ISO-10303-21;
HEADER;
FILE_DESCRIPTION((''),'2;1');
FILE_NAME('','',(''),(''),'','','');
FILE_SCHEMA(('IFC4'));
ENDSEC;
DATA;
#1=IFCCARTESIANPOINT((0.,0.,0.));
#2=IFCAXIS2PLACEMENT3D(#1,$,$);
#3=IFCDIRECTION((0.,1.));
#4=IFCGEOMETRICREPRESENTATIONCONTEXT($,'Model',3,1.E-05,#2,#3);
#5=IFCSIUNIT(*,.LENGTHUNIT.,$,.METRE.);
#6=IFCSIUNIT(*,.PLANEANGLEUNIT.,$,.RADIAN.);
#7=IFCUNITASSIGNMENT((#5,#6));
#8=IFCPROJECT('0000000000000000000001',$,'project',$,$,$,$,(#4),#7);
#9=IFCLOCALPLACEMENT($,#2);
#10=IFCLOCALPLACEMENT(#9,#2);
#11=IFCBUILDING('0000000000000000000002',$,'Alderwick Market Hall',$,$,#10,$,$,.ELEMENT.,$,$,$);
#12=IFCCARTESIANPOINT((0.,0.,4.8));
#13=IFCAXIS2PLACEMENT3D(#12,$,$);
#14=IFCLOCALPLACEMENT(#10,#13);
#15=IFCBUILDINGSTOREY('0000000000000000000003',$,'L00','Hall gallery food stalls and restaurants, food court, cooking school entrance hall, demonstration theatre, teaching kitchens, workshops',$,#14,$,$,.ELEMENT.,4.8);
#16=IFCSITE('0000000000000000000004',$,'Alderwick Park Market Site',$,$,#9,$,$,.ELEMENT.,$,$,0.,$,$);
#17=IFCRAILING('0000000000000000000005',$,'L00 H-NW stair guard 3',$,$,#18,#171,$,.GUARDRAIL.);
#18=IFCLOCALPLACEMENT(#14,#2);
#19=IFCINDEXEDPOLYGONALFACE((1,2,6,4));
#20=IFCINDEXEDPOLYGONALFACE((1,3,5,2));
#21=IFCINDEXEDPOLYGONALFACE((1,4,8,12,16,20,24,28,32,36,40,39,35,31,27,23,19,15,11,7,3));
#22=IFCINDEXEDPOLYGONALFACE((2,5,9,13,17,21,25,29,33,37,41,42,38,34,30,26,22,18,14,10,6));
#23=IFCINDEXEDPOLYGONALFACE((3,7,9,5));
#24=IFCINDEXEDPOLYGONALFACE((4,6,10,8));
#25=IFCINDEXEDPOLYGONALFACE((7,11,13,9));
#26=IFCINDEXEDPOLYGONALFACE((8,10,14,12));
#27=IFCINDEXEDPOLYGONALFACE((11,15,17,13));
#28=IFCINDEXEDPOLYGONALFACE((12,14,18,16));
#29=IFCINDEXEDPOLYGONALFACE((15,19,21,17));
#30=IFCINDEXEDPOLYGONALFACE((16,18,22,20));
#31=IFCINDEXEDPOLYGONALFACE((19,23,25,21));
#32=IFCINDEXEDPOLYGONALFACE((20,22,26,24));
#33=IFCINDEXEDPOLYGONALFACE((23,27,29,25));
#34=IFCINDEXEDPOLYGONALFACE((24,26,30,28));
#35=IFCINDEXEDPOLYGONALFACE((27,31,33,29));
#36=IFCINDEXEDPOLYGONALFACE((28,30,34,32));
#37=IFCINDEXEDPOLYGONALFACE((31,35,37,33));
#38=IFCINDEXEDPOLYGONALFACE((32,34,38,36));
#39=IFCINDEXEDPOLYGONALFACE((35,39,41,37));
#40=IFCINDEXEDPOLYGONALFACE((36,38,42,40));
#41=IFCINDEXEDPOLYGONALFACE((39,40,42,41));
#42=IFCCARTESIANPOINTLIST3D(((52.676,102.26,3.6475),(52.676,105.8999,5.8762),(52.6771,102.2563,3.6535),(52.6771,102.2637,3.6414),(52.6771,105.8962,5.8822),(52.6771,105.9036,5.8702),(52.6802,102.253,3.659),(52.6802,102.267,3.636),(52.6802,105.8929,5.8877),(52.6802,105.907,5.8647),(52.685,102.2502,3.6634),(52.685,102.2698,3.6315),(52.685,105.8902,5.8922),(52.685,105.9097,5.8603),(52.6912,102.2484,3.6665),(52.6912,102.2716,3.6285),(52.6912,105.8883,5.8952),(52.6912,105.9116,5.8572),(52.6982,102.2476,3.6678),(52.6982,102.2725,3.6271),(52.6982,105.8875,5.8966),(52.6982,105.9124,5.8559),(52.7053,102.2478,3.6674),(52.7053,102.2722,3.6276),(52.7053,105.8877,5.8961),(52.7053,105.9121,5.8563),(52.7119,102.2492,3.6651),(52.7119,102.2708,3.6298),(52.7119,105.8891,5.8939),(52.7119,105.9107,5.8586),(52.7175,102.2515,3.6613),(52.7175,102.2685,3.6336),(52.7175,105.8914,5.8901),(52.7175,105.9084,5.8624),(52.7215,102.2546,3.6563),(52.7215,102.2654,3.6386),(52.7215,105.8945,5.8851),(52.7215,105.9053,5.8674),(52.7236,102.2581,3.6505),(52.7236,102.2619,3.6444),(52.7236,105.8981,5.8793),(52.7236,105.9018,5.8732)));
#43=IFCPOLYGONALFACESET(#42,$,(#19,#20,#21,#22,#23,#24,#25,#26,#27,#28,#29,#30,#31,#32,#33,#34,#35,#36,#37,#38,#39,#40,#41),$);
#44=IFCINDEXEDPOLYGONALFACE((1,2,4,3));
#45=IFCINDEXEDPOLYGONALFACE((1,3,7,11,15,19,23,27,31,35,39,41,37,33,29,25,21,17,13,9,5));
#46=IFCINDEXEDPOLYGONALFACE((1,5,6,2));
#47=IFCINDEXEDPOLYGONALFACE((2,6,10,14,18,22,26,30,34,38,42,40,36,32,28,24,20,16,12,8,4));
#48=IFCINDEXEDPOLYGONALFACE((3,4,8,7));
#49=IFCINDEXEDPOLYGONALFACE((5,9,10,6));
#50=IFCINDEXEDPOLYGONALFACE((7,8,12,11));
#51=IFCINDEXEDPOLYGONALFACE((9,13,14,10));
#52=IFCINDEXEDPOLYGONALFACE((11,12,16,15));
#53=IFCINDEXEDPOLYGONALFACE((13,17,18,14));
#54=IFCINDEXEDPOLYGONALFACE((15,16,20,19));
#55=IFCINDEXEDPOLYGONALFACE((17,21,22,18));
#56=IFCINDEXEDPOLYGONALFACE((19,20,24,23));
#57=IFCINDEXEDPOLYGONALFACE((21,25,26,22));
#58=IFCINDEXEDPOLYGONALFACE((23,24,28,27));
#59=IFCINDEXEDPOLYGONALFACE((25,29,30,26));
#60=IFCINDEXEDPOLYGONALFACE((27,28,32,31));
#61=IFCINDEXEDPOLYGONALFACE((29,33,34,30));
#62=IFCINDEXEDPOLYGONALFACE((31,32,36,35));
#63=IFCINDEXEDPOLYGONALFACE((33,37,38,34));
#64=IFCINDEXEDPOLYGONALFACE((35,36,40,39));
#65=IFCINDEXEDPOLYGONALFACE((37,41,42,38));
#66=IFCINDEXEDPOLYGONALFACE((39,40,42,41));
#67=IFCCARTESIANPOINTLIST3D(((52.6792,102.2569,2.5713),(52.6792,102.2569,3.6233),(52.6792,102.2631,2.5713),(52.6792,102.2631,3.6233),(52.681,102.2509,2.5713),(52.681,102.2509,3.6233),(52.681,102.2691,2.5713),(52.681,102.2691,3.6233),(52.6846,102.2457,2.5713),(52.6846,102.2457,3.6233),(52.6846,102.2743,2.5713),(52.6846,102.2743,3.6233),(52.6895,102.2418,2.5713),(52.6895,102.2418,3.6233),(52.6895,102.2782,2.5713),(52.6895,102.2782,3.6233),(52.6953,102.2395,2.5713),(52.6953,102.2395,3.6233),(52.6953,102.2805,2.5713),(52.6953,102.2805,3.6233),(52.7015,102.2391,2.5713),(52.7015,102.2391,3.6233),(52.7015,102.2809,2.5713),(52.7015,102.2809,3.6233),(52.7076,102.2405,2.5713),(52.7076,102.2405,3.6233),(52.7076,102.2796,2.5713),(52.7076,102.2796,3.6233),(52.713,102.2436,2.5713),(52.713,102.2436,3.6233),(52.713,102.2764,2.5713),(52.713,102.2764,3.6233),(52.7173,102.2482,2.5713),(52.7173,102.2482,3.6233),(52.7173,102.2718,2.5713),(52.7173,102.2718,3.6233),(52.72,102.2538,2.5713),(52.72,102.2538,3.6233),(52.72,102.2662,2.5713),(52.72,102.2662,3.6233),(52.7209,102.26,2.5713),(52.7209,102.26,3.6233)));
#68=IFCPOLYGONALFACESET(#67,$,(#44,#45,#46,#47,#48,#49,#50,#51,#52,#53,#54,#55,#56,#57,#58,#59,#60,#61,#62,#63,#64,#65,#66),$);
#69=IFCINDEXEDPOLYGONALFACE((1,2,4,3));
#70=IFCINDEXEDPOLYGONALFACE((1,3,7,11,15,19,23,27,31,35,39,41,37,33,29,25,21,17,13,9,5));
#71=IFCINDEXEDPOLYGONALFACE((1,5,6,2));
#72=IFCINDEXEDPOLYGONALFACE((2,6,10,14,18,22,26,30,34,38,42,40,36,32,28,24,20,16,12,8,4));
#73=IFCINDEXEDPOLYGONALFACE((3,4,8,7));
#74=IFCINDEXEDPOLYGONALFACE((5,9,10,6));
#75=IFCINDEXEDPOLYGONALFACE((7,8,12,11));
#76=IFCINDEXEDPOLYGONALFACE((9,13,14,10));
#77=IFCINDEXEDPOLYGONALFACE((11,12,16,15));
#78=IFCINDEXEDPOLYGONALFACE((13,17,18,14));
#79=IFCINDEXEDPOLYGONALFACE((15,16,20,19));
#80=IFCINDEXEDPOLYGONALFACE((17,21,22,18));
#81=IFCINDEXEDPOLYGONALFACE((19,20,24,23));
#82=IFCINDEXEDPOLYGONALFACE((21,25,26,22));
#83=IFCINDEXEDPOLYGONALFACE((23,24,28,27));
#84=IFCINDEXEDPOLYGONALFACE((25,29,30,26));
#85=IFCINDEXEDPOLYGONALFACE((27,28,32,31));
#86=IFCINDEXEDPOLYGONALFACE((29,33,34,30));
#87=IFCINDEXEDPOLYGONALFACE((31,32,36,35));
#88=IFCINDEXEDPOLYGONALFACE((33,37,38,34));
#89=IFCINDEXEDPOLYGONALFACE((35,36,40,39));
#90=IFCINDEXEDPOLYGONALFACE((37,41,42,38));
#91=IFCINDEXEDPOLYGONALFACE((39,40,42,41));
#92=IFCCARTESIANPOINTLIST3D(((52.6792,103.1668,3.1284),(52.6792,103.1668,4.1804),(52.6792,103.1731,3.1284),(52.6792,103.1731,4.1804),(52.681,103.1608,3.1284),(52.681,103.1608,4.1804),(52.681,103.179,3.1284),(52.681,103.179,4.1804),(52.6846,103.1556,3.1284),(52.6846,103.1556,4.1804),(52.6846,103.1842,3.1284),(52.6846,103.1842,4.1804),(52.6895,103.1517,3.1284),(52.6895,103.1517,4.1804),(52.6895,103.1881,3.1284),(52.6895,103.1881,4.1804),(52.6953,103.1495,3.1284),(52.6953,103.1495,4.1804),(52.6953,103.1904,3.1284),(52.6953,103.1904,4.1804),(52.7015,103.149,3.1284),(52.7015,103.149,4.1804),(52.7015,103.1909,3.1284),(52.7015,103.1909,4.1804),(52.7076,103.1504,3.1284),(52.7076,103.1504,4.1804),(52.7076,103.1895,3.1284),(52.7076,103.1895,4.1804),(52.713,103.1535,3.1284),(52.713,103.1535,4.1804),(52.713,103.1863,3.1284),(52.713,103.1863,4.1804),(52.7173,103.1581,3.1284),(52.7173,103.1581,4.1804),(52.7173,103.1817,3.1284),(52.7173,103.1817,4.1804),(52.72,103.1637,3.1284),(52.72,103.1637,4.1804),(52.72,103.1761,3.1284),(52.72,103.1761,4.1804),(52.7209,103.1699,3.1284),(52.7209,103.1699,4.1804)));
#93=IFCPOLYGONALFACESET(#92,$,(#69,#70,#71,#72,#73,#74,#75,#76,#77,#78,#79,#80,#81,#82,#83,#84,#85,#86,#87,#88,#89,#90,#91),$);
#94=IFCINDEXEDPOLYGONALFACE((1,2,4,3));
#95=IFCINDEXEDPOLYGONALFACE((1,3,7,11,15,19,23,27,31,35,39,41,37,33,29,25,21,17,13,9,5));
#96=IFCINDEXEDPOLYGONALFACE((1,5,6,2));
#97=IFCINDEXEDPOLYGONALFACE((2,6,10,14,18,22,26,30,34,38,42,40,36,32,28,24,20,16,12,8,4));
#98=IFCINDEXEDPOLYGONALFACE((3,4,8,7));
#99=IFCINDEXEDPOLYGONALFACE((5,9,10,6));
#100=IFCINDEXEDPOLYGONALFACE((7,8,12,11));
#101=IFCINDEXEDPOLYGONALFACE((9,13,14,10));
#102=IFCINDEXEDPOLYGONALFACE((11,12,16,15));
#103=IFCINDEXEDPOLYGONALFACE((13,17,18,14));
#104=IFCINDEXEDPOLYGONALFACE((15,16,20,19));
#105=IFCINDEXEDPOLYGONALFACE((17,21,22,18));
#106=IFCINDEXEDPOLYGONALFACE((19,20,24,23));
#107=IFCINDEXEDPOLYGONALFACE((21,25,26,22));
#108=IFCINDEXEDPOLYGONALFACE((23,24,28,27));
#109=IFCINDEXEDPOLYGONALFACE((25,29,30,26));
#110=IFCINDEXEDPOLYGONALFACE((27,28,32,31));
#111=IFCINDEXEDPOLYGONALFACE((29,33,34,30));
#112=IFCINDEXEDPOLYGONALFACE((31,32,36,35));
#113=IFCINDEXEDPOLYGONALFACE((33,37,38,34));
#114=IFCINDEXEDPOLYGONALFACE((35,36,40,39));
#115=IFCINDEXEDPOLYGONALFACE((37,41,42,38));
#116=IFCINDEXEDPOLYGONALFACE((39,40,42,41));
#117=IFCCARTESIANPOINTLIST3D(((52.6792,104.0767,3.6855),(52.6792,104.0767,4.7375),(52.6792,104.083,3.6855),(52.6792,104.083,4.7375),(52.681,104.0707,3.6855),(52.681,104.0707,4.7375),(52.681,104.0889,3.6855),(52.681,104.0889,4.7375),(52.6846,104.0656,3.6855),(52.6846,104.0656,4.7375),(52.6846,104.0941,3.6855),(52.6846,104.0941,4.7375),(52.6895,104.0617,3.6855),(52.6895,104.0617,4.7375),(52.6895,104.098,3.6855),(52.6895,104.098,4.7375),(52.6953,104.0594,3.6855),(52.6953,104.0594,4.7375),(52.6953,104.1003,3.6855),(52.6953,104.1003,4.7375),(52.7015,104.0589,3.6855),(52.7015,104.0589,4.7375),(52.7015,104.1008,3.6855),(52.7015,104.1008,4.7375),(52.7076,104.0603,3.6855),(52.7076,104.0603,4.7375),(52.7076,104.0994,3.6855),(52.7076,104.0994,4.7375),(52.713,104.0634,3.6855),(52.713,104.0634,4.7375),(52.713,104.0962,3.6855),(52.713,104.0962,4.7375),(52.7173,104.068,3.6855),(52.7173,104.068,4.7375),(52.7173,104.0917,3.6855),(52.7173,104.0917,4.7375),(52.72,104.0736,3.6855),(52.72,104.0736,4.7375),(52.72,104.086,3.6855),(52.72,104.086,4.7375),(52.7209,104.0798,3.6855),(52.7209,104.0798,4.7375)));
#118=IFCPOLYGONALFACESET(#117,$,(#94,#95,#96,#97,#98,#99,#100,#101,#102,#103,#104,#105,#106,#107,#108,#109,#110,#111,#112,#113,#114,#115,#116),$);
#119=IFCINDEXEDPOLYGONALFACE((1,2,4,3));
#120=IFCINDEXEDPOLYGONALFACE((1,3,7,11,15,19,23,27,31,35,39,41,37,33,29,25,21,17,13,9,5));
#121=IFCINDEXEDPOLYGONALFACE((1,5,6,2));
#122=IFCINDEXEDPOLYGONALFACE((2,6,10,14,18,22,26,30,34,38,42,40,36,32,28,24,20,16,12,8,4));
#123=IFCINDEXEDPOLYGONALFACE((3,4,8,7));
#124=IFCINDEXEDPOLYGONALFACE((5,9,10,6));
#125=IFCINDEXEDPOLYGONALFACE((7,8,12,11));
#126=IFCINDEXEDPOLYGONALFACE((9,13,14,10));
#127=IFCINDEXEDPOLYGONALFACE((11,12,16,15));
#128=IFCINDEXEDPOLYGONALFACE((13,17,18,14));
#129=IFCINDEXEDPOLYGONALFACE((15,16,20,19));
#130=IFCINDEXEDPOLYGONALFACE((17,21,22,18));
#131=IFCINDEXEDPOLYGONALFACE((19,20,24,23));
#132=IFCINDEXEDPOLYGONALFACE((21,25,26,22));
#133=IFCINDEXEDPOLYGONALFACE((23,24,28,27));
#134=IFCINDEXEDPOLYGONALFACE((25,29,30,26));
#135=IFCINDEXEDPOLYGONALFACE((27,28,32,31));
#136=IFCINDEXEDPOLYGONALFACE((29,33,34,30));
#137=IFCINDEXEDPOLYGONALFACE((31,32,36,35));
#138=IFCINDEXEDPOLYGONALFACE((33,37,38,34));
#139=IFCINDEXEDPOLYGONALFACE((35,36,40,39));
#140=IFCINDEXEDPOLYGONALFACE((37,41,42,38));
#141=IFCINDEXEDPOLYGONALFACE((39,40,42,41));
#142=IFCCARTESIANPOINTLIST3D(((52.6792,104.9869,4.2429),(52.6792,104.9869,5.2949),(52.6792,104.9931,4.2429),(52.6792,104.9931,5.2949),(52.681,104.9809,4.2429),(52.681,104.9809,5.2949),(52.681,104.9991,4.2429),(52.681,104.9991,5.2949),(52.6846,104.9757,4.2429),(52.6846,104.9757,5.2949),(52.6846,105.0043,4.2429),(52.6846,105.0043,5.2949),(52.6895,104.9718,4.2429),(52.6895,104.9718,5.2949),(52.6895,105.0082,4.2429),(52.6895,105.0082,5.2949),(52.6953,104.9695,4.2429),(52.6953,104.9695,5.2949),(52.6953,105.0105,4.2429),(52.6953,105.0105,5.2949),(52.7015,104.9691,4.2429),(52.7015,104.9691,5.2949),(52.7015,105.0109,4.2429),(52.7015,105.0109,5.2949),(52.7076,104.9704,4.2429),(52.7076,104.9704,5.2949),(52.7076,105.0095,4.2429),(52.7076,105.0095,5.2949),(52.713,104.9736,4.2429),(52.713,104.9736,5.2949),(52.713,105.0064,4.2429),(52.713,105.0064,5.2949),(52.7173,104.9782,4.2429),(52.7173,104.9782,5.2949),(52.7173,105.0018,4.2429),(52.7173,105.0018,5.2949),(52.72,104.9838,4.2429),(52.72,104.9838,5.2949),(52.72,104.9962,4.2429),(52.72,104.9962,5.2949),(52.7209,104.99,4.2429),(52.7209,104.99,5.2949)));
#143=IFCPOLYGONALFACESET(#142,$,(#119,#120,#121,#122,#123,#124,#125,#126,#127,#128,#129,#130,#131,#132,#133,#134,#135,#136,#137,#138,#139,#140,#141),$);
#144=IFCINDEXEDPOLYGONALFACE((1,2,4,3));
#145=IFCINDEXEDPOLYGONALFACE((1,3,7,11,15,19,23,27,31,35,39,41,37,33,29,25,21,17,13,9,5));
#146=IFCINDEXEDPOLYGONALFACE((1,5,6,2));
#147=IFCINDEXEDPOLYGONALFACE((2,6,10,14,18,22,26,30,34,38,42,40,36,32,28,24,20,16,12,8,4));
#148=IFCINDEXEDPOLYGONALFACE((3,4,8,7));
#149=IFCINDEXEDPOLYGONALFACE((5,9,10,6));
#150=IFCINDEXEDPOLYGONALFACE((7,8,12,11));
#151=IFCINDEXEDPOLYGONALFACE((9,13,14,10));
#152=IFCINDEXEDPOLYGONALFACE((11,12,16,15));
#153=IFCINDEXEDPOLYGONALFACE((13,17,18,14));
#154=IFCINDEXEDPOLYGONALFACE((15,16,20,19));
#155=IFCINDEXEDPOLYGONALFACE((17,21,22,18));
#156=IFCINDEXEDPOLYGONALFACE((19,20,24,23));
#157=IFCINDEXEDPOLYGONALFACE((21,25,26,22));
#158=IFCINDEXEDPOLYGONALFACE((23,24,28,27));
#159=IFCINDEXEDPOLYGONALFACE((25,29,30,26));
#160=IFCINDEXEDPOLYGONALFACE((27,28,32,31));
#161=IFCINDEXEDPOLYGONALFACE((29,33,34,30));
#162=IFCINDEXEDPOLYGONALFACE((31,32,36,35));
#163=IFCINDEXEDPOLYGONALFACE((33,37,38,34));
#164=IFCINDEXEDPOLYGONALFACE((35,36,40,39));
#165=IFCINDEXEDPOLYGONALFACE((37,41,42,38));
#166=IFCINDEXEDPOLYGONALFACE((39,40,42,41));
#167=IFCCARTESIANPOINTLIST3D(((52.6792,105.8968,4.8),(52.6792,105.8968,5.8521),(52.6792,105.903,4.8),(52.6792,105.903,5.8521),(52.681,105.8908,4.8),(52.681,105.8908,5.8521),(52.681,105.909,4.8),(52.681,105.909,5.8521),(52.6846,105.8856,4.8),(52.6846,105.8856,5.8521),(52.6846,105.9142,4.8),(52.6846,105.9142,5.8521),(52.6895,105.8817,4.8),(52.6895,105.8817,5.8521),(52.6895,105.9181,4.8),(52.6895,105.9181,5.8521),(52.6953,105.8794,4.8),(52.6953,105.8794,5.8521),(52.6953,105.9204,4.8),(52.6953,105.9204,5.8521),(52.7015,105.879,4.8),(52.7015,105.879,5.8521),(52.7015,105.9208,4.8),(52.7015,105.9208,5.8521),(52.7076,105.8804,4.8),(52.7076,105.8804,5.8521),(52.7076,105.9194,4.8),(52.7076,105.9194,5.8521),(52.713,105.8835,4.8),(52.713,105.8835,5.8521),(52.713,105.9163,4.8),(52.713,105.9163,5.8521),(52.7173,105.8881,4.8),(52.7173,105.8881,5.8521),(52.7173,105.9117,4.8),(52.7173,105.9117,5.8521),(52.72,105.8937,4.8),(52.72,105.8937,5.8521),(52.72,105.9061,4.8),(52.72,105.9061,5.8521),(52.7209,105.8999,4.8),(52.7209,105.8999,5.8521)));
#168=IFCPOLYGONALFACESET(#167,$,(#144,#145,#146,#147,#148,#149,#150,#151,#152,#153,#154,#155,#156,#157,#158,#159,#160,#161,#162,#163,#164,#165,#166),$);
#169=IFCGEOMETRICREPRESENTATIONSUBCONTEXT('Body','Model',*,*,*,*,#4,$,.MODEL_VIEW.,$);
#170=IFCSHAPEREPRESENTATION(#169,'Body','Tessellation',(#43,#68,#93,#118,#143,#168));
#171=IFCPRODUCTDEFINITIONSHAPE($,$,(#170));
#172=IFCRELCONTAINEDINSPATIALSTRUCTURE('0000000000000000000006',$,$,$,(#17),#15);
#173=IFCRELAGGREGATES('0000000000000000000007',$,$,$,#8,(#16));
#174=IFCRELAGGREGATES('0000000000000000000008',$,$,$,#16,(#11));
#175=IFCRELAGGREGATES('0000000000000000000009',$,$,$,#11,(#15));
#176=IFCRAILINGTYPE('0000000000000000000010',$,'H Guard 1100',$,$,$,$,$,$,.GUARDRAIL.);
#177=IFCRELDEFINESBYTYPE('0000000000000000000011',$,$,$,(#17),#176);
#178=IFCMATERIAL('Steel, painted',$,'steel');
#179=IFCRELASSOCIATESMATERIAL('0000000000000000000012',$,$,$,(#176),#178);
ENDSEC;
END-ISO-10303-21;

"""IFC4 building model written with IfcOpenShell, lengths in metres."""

from ifc_helpers import new_model, si_unit, direction, frame, origin, origin_2d, place, context, subcontext, project, spatial, circle, extrude, material, type_object, element, save


model = new_model("IFC4")

# Units and contexts
model_context = context("Model", 3, precision=1e-05, world=origin(), true_north=direction((0.0, 1.0)))
body_context = subcontext(model_context, "Body", "Model", "MODEL_VIEW")
ifc_project = project(units=[si_unit("LENGTHUNIT", "METRE"), si_unit("PLANEANGLEUNIT", "RADIAN")], contexts=[model_context])

# Site, building, storey
site_placement = place(None, origin())
site = spatial("IfcSite", under=ifc_project, at=site_placement, Name="Alderwick Park Market Site", CompositionType="ELEMENT", RefElevation=0.0)
building_placement = place(site_placement, origin())
building = spatial("IfcBuilding", under=site, at=building_placement, Name="Alderwick Market Hall", CompositionType="ELEMENT")
storey_placement = place(building_placement, frame((0.0, 0.0, 4.8)))
storey = spatial("IfcBuildingStorey", under=building, at=storey_placement, Name="L00", Description="Hall gallery food stalls and restaurants, food court, cooking school entrance hall, demonstration theatre, teaching kitchens, workshops", CompositionType="ELEMENT", Elevation=4.8)

# Railing
ifc_material_1 = material(Name="Steel, painted", Category="steel")
railing_type_1 = type_object("IfcRailingType", Name="H Guard 1100", PredefinedType="GUARDRAIL", material=ifc_material_1)
railing_1_placement = place(storey_placement, frame((52.7, 102.26, 2.5713)))
element("IfcRailing", 1, at=railing_1_placement, inside=storey, type_object=railing_type_1, Name="L00 H-NW stair guard 3", PredefinedType="GUARDRAIL", context=body_context, shape_type="SweptSolid", body=[
    extrude(circle(Radius=0.0239, at=origin_2d()), frame((0.0, 0.0, 1.0762), z_axis=(0.0, 0.852825, 0.522197), x_axis=(-1.0, 0.0, 0.0)), (0.0, 0.0, 1.0), 4.2681),
    extrude(circle(Radius=0.021, at=origin_2d()), origin(), (0.0, 0.0, 1.0), 1.052),
    extrude(circle(Radius=0.021, at=origin_2d()), frame((0.0, 0.9099, 0.5571)), (0.0, 0.0, 1.0), 1.052),
    extrude(circle(Radius=0.021, at=origin_2d()), frame((0.0, 1.8198, 1.1143)), (0.0, 0.0, 1.0), 1.052),
    extrude(circle(Radius=0.021, at=origin_2d()), frame((0.0, 2.73, 1.6716)), (0.0, 0.0, 1.0), 1.052),
    extrude(circle(Radius=0.021, at=origin_2d()), frame((0.0, 3.6399, 2.2288)), (0.0, 0.0, 1.0), 1.052),
])

save(model, "model.ifc")
